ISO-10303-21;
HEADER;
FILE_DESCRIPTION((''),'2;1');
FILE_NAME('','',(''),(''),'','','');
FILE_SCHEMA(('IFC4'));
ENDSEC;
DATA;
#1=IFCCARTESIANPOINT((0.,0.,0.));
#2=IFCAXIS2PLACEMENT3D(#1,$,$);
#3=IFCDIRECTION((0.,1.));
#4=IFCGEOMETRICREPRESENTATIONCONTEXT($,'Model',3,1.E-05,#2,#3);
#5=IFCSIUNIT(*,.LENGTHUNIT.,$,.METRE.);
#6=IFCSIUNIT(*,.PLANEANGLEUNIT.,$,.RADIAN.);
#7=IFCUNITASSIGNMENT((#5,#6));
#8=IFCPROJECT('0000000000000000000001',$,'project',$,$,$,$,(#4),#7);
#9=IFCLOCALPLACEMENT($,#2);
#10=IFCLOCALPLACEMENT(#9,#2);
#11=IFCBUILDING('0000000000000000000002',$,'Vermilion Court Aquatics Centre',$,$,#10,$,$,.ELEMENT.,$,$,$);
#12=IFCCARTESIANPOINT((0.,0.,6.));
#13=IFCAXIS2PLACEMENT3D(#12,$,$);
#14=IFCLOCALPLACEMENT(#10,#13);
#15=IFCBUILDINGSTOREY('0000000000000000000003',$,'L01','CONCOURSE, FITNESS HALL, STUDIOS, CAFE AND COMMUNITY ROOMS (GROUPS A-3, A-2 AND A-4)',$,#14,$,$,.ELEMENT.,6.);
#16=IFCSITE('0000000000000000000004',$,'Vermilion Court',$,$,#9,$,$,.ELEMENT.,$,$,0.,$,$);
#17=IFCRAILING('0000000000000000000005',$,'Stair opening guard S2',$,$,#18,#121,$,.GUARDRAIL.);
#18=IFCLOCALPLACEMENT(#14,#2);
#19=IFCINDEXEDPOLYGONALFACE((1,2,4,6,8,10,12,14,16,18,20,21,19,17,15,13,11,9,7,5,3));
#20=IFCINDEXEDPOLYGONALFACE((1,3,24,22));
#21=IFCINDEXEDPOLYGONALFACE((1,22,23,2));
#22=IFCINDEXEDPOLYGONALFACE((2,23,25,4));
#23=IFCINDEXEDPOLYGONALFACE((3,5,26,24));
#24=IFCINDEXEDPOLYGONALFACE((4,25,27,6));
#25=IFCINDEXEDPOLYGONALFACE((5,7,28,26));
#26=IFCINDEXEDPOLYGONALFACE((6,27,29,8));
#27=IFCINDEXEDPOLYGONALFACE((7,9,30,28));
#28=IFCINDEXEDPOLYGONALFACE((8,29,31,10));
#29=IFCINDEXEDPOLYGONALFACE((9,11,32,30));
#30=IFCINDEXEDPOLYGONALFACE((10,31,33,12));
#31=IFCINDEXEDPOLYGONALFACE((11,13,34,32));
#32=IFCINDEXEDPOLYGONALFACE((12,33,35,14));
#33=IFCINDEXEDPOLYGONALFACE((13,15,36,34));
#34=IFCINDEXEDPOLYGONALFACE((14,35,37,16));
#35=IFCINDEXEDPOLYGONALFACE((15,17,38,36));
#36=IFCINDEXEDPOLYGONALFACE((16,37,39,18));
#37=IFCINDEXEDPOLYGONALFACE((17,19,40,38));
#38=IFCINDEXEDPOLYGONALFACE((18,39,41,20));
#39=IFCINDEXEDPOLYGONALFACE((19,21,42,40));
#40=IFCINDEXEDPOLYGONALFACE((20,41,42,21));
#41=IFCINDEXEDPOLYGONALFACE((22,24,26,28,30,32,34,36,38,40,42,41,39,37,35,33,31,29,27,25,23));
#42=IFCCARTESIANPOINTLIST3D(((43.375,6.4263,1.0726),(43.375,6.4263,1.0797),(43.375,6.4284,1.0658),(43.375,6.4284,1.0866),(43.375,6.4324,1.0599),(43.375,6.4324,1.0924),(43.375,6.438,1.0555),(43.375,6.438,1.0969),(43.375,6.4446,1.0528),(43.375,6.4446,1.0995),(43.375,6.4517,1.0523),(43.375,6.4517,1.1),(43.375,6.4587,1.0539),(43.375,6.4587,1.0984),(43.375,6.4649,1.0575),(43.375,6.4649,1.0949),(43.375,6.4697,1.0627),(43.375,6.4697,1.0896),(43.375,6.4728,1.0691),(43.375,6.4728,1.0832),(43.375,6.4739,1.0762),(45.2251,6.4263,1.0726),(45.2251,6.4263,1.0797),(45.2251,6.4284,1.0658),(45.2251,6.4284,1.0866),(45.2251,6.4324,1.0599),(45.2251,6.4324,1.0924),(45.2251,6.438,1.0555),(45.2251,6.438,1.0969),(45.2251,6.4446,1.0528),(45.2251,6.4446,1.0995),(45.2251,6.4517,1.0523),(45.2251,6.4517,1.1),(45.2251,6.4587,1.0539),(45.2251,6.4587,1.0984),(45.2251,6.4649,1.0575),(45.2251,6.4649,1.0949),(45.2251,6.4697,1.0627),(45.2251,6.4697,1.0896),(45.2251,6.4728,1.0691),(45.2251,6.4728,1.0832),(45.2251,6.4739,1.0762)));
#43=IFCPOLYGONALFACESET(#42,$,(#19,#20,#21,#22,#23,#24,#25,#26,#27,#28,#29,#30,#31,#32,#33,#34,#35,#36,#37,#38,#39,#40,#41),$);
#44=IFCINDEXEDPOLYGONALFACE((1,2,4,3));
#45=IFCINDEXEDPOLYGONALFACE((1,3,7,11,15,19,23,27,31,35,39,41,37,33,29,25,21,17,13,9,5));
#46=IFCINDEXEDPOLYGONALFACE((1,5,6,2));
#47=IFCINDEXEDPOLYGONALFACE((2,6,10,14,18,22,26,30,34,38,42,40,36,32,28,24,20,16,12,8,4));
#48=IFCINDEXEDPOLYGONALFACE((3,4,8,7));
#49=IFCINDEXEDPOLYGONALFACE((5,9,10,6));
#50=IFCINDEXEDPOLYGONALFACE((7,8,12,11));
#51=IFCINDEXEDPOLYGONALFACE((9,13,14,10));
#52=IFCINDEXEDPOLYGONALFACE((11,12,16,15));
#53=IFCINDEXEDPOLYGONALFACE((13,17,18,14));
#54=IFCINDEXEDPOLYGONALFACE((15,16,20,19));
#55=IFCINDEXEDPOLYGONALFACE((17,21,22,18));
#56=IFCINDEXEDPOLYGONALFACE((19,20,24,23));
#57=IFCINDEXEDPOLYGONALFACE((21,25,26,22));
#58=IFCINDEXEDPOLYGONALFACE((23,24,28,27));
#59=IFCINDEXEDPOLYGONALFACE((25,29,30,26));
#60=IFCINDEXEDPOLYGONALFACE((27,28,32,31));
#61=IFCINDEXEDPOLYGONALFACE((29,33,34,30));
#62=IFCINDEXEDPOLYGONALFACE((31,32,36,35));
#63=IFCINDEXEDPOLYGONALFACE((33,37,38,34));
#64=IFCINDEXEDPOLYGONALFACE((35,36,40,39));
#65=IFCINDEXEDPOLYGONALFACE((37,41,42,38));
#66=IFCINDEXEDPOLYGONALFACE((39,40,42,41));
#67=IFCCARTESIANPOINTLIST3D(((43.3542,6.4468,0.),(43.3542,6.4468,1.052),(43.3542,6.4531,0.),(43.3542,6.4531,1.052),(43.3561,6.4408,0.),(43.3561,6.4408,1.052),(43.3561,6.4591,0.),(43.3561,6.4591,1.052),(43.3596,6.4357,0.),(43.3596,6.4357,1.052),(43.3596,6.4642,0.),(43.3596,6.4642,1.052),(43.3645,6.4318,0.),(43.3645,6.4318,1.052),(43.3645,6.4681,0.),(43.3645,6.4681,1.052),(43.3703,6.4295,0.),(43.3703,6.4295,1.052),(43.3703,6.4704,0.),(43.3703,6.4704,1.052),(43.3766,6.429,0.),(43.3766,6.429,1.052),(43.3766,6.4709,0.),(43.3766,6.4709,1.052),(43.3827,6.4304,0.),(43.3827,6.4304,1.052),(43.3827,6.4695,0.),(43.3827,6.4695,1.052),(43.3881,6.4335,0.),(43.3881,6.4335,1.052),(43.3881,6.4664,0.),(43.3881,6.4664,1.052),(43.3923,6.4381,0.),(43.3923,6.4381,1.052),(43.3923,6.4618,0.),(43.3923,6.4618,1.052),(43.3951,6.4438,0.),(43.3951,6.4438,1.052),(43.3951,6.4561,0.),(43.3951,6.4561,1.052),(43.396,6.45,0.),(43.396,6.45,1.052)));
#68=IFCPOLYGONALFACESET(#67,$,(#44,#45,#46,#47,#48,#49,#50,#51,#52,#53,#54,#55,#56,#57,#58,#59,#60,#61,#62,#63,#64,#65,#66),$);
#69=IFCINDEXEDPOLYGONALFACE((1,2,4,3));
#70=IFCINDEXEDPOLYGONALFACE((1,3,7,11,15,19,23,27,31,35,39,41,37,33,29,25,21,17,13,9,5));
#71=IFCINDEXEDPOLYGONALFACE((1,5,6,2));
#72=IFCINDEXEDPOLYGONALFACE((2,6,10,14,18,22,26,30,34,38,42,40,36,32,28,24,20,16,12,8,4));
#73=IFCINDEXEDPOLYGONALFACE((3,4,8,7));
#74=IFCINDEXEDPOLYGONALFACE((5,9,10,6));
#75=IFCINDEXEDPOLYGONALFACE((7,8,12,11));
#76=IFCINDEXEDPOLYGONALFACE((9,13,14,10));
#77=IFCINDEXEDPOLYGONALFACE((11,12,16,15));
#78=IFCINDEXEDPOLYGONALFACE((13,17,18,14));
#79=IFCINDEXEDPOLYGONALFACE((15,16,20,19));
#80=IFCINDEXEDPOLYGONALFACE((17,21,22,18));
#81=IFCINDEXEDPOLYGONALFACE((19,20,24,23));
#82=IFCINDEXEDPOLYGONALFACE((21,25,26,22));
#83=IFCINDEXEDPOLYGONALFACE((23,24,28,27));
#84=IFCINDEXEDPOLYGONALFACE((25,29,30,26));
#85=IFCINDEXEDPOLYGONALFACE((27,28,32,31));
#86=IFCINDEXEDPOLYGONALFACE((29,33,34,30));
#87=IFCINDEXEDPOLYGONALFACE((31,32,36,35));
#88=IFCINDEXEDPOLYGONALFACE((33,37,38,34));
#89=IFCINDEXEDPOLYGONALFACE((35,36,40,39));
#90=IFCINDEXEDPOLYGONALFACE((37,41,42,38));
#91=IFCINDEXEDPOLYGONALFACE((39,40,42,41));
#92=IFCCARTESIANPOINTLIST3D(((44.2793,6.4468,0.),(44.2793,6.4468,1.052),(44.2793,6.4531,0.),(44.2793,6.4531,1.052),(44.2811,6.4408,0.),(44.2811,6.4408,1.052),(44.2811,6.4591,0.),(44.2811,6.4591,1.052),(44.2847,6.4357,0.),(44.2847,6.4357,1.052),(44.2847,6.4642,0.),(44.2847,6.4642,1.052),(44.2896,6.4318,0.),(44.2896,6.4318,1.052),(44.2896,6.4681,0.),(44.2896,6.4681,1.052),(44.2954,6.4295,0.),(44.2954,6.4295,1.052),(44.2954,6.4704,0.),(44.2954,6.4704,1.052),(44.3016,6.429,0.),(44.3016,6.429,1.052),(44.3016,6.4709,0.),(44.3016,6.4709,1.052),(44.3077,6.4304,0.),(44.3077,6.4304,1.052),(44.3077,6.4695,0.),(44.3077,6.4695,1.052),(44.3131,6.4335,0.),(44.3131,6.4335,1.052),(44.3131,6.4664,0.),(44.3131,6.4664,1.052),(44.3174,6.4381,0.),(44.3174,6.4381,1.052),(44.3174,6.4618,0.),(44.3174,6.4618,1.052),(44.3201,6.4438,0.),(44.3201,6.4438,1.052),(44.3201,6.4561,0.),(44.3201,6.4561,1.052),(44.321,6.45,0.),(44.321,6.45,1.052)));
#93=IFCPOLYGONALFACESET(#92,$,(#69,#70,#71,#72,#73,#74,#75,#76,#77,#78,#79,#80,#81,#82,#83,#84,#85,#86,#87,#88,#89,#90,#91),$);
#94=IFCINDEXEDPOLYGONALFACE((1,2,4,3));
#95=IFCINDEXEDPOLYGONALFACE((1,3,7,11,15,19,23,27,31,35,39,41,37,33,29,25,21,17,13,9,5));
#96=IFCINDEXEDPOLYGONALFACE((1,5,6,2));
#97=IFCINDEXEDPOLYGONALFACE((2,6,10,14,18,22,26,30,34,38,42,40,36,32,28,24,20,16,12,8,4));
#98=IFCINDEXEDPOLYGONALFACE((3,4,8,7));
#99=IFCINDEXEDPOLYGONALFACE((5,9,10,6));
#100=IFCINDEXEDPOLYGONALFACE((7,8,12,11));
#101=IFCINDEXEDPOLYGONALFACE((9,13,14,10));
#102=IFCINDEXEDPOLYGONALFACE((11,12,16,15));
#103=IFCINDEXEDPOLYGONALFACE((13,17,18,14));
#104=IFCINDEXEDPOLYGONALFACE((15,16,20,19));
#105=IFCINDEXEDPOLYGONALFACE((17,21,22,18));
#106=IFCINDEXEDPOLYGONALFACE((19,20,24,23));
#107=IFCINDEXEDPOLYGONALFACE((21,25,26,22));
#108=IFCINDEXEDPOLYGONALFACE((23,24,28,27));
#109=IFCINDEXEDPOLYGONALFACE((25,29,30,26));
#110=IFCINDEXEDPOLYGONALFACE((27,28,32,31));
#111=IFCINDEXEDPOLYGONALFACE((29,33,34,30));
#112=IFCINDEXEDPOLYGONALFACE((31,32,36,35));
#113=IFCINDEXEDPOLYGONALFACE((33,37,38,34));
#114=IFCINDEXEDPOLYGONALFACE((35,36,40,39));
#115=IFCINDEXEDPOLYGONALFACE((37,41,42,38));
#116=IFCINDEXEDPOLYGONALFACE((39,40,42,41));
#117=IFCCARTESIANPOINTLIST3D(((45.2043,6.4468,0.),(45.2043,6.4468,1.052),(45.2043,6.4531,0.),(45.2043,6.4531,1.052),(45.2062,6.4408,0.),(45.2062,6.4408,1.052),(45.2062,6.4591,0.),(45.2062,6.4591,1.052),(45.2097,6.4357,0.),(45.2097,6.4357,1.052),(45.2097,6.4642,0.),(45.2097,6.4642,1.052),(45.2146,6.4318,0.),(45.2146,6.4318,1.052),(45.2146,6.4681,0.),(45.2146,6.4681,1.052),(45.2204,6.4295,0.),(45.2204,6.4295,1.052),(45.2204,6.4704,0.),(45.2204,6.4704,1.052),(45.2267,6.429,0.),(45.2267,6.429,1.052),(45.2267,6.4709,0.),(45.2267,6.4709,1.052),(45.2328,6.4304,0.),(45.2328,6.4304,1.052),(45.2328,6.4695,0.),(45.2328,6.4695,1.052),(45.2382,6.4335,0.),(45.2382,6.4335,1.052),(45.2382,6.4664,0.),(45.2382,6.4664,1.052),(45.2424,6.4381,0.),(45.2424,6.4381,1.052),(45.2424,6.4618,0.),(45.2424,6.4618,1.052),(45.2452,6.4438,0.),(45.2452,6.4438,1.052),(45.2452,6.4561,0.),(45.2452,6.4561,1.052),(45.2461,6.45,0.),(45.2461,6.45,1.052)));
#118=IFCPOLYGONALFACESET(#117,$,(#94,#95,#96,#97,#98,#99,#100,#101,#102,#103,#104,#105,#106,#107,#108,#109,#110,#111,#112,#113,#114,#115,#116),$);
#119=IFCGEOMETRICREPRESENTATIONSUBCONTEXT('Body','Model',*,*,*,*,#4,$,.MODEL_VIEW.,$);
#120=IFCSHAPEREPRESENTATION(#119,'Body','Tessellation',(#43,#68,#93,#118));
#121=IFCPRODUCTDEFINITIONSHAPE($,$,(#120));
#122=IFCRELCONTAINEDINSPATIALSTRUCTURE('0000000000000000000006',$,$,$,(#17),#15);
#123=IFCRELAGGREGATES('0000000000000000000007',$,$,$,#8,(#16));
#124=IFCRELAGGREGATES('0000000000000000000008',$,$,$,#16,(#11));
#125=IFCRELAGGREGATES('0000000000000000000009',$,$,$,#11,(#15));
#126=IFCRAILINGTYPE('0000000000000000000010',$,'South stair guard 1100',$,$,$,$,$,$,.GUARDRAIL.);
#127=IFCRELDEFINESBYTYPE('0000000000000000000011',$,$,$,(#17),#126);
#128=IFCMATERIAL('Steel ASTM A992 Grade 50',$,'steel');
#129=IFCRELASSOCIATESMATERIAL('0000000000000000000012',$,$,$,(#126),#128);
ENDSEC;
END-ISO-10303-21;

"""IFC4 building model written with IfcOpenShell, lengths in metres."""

from ifc_helpers import new_model, si_unit, direction, frame, origin, origin_2d, place, context, subcontext, project, spatial, circle, extrude, material, type_object, element, save


model = new_model("IFC4")

# Units and contexts
model_context = context("Model", 3, precision=1e-05, world=origin(), true_north=direction((0.0, 1.0)))
body_context = subcontext(model_context, "Body", "Model", "MODEL_VIEW")
ifc_project = project(units=[si_unit("LENGTHUNIT", "METRE"), si_unit("PLANEANGLEUNIT", "RADIAN")], contexts=[model_context])

# Site, building, storey
site_placement = place(None, origin())
site = spatial("IfcSite", under=ifc_project, at=site_placement, Name="Vermilion Court", CompositionType="ELEMENT", RefElevation=0.0)
building_placement = place(site_placement, origin())
building = spatial("IfcBuilding", under=site, at=building_placement, Name="Vermilion Court Aquatics Centre", CompositionType="ELEMENT")
storey_placement = place(building_placement, frame((0.0, 0.0, 6.0)))
storey = spatial("IfcBuildingStorey", under=building, at=storey_placement, Name="L01", Description="CONCOURSE, FITNESS HALL, STUDIOS, CAFE AND COMMUNITY ROOMS (GROUPS A-3, A-2 AND A-4)", CompositionType="ELEMENT", Elevation=6.0)

# Railing
ifc_material_1 = material(Name="Steel ASTM A992 Grade 50", Category="steel")
railing_type = type_object("IfcRailingType", Name="South stair guard 1100", PredefinedType="GUARDRAIL", material=ifc_material_1)
for number, where, name in (
    (1, (43.375, 6.45, 0.0), "Stair opening guard S2"),
):
    element("IfcRailing", number, at=place(storey_placement, frame(where)), inside=storey, type_object=railing_type, Name=name, PredefinedType="GUARDRAIL", context=body_context, shape_type="SweptSolid", body=[
        extrude(circle(Radius=0.0239, at=origin_2d()), frame((0.0, 0.0, 1.0762), z_axis=(1.0, 0.0, 0.0), x_axis=(0.0, 1.0, 0.0)), (0.0, 0.0, 1.0), 1.8501),
        extrude(circle(Radius=0.021, at=origin_2d()), origin(), (0.0, 0.0, 1.0), 1.052),
        extrude(circle(Radius=0.021, at=origin_2d()), frame((0.925, 0.0, 0.0)), (0.0, 0.0, 1.0), 1.052),
        extrude(circle(Radius=0.021, at=origin_2d()), frame((1.8501, 0.0, 0.0)), (0.0, 0.0, 1.0), 1.052),
    ])

save(model, "model.ifc")
